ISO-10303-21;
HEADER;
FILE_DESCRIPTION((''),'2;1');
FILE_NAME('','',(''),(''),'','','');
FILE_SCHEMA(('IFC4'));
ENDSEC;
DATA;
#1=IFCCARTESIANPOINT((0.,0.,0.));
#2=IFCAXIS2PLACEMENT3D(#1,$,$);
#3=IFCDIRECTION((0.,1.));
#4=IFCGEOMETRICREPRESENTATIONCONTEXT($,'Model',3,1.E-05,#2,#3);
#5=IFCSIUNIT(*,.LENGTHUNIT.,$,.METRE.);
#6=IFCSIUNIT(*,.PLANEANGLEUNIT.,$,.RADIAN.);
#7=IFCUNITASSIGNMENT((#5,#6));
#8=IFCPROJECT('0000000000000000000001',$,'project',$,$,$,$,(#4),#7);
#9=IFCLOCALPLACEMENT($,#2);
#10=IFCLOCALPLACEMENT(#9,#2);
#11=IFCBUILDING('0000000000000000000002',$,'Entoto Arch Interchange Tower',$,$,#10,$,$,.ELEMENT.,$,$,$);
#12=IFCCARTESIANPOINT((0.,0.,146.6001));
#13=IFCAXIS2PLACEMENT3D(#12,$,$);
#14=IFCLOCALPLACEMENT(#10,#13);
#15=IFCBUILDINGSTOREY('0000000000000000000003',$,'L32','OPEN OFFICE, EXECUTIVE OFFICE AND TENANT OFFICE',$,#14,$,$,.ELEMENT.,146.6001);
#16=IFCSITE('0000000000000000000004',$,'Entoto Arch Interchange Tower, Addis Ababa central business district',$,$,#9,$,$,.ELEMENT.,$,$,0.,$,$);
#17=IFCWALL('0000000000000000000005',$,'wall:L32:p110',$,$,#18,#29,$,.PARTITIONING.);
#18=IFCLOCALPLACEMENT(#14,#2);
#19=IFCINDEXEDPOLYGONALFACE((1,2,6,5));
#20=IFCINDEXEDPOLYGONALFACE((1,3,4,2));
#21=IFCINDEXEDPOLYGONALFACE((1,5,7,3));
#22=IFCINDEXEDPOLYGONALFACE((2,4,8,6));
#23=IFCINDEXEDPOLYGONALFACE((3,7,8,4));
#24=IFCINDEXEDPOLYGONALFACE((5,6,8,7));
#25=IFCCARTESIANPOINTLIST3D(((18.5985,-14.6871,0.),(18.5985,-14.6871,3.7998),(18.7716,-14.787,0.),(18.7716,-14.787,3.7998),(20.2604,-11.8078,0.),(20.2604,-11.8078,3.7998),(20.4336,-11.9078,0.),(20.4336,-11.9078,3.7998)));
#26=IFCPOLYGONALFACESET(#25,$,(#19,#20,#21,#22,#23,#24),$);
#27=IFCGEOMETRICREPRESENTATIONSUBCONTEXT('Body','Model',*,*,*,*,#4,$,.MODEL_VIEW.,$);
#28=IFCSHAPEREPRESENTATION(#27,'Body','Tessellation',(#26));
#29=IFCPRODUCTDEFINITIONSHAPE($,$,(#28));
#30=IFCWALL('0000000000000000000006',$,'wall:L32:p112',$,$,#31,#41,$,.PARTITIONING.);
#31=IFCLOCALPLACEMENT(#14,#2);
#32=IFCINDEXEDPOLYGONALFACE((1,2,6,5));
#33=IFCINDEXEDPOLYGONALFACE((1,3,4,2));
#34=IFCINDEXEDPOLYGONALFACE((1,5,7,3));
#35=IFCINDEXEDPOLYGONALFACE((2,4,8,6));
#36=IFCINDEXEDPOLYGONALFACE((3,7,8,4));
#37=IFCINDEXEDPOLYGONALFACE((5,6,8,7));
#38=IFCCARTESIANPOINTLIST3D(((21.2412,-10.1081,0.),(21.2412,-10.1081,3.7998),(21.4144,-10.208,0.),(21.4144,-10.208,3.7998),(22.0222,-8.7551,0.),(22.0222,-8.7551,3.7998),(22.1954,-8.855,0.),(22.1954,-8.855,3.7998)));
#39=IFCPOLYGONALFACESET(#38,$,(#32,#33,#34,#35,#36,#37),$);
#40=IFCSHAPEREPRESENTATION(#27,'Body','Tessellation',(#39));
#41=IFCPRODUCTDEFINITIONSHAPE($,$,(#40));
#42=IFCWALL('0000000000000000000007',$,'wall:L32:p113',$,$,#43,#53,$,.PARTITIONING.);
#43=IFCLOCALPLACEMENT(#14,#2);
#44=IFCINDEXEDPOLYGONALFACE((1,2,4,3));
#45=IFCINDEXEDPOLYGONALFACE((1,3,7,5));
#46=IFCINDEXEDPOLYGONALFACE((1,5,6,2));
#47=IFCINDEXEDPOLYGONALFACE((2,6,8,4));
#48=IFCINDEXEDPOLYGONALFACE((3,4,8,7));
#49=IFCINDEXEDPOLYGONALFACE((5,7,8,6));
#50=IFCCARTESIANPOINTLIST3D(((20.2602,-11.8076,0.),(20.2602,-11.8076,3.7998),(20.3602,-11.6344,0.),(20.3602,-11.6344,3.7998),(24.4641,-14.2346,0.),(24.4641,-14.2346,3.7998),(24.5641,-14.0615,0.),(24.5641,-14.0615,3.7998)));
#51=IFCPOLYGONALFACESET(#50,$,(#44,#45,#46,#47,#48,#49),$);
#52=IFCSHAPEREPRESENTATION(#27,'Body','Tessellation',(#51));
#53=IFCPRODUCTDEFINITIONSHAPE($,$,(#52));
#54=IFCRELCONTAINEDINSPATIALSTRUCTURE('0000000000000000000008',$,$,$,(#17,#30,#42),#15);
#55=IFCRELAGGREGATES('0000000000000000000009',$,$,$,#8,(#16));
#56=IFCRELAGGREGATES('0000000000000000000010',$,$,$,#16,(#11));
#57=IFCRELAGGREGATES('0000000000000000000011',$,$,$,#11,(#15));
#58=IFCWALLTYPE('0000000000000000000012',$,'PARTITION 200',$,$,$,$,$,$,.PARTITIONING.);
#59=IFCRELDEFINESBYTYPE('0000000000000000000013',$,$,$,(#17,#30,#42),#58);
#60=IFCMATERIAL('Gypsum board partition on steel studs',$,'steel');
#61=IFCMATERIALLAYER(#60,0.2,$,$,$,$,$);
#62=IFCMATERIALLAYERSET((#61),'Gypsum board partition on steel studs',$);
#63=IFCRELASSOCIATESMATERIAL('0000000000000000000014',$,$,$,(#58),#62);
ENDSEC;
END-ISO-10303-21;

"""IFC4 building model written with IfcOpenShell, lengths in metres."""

from ifc_helpers import new_model, si_unit, direction, frame, frame_2d, origin, place, context, subcontext, project, spatial, rectangle, extrude, material, layer, layer_set, type_object, element, save


model = new_model("IFC4")

# Units and contexts
model_context = context("Model", 3, precision=1e-05, world=origin(), true_north=direction((0.0, 1.0)))
body_context = subcontext(model_context, "Body", "Model", "MODEL_VIEW")
ifc_project = project(units=[si_unit("LENGTHUNIT", "METRE"), si_unit("PLANEANGLEUNIT", "RADIAN")], contexts=[model_context])

# Site, building, storey
site_placement = place(None, origin())
site = spatial("IfcSite", under=ifc_project, at=site_placement, Name="Entoto Arch Interchange Tower, Addis Ababa central business district", CompositionType="ELEMENT", RefElevation=0.0)
building_placement = place(site_placement, origin())
building = spatial("IfcBuilding", under=site, at=building_placement, Name="Entoto Arch Interchange Tower", CompositionType="ELEMENT")
storey_placement = place(building_placement, frame((0.0, 0.0, 146.6001)))
storey = spatial("IfcBuildingStorey", under=building, at=storey_placement, Name="L32", Description="OPEN OFFICE, EXECUTIVE OFFICE AND TENANT OFFICE", CompositionType="ELEMENT", Elevation=146.6001)

# Shared definitions
ifc_material_1 = material(Name="Gypsum board partition on steel studs", Category="steel")
ifc_layer_1 = layer(ifc_material_1, 0.2)
ifc_layer_set_1 = layer_set([ifc_layer_1], Name="Gypsum board partition on steel studs")
wall_type_1 = type_object("IfcWallType", Name="PARTITION 200", PredefinedType="PARTITIONING", material=ifc_layer_set_1)

# Walls
wall_1_placement = place(storey_placement, frame((20.3469, -11.8579, 0.0), z_axis=(0.0, 0.0, 1.0), x_axis=(-0.499907, -0.866079, 0.0)))
element("IfcWall", 1, at=wall_1_placement, inside=storey, type_object=wall_type_1, Name="wall:L32:p110", PredefinedType="PARTITIONING", context=body_context, shape_type="SweptSolid", body=[
    extrude(rectangle(XDim=3.3245, YDim=0.2, at=frame_2d((1.6621, 0.0))), origin(), (0.0, 0.0, 1.0), 3.7998),
])
wall_2_placement = place(storey_placement, frame((22.1089, -8.8049, 0.0), z_axis=(0.0, 0.0, 1.0), x_axis=(-0.499921, -0.866071, 0.0)))
element("IfcWall", 2, at=wall_2_placement, inside=storey, type_object=wall_type_1, Name="wall:L32:p112", PredefinedType="PARTITIONING", context=body_context, shape_type="SweptSolid", body=[
    extrude(rectangle(XDim=1.5623, YDim=0.2, at=frame_2d((0.7812, 0.0))), origin(), (0.0, 0.0, 1.0), 3.7998),
])
wall_3_placement = place(storey_placement, frame((20.3101, -11.7209, 0.0), z_axis=(0.0, 0.0, 1.0), x_axis=(0.866034, -0.499985, 0.0)))
element("IfcWall", 3, at=wall_3_placement, inside=storey, type_object=wall_type_1, Name="wall:L32:p113", PredefinedType="PARTITIONING", context=body_context, shape_type="SweptSolid", body=[
    extrude(rectangle(XDim=4.8542, YDim=0.2, at=frame_2d((2.4272, 0.0))), origin(), (0.0, 0.0, 1.0), 3.7998),
])

save(model, "model.ifc")
